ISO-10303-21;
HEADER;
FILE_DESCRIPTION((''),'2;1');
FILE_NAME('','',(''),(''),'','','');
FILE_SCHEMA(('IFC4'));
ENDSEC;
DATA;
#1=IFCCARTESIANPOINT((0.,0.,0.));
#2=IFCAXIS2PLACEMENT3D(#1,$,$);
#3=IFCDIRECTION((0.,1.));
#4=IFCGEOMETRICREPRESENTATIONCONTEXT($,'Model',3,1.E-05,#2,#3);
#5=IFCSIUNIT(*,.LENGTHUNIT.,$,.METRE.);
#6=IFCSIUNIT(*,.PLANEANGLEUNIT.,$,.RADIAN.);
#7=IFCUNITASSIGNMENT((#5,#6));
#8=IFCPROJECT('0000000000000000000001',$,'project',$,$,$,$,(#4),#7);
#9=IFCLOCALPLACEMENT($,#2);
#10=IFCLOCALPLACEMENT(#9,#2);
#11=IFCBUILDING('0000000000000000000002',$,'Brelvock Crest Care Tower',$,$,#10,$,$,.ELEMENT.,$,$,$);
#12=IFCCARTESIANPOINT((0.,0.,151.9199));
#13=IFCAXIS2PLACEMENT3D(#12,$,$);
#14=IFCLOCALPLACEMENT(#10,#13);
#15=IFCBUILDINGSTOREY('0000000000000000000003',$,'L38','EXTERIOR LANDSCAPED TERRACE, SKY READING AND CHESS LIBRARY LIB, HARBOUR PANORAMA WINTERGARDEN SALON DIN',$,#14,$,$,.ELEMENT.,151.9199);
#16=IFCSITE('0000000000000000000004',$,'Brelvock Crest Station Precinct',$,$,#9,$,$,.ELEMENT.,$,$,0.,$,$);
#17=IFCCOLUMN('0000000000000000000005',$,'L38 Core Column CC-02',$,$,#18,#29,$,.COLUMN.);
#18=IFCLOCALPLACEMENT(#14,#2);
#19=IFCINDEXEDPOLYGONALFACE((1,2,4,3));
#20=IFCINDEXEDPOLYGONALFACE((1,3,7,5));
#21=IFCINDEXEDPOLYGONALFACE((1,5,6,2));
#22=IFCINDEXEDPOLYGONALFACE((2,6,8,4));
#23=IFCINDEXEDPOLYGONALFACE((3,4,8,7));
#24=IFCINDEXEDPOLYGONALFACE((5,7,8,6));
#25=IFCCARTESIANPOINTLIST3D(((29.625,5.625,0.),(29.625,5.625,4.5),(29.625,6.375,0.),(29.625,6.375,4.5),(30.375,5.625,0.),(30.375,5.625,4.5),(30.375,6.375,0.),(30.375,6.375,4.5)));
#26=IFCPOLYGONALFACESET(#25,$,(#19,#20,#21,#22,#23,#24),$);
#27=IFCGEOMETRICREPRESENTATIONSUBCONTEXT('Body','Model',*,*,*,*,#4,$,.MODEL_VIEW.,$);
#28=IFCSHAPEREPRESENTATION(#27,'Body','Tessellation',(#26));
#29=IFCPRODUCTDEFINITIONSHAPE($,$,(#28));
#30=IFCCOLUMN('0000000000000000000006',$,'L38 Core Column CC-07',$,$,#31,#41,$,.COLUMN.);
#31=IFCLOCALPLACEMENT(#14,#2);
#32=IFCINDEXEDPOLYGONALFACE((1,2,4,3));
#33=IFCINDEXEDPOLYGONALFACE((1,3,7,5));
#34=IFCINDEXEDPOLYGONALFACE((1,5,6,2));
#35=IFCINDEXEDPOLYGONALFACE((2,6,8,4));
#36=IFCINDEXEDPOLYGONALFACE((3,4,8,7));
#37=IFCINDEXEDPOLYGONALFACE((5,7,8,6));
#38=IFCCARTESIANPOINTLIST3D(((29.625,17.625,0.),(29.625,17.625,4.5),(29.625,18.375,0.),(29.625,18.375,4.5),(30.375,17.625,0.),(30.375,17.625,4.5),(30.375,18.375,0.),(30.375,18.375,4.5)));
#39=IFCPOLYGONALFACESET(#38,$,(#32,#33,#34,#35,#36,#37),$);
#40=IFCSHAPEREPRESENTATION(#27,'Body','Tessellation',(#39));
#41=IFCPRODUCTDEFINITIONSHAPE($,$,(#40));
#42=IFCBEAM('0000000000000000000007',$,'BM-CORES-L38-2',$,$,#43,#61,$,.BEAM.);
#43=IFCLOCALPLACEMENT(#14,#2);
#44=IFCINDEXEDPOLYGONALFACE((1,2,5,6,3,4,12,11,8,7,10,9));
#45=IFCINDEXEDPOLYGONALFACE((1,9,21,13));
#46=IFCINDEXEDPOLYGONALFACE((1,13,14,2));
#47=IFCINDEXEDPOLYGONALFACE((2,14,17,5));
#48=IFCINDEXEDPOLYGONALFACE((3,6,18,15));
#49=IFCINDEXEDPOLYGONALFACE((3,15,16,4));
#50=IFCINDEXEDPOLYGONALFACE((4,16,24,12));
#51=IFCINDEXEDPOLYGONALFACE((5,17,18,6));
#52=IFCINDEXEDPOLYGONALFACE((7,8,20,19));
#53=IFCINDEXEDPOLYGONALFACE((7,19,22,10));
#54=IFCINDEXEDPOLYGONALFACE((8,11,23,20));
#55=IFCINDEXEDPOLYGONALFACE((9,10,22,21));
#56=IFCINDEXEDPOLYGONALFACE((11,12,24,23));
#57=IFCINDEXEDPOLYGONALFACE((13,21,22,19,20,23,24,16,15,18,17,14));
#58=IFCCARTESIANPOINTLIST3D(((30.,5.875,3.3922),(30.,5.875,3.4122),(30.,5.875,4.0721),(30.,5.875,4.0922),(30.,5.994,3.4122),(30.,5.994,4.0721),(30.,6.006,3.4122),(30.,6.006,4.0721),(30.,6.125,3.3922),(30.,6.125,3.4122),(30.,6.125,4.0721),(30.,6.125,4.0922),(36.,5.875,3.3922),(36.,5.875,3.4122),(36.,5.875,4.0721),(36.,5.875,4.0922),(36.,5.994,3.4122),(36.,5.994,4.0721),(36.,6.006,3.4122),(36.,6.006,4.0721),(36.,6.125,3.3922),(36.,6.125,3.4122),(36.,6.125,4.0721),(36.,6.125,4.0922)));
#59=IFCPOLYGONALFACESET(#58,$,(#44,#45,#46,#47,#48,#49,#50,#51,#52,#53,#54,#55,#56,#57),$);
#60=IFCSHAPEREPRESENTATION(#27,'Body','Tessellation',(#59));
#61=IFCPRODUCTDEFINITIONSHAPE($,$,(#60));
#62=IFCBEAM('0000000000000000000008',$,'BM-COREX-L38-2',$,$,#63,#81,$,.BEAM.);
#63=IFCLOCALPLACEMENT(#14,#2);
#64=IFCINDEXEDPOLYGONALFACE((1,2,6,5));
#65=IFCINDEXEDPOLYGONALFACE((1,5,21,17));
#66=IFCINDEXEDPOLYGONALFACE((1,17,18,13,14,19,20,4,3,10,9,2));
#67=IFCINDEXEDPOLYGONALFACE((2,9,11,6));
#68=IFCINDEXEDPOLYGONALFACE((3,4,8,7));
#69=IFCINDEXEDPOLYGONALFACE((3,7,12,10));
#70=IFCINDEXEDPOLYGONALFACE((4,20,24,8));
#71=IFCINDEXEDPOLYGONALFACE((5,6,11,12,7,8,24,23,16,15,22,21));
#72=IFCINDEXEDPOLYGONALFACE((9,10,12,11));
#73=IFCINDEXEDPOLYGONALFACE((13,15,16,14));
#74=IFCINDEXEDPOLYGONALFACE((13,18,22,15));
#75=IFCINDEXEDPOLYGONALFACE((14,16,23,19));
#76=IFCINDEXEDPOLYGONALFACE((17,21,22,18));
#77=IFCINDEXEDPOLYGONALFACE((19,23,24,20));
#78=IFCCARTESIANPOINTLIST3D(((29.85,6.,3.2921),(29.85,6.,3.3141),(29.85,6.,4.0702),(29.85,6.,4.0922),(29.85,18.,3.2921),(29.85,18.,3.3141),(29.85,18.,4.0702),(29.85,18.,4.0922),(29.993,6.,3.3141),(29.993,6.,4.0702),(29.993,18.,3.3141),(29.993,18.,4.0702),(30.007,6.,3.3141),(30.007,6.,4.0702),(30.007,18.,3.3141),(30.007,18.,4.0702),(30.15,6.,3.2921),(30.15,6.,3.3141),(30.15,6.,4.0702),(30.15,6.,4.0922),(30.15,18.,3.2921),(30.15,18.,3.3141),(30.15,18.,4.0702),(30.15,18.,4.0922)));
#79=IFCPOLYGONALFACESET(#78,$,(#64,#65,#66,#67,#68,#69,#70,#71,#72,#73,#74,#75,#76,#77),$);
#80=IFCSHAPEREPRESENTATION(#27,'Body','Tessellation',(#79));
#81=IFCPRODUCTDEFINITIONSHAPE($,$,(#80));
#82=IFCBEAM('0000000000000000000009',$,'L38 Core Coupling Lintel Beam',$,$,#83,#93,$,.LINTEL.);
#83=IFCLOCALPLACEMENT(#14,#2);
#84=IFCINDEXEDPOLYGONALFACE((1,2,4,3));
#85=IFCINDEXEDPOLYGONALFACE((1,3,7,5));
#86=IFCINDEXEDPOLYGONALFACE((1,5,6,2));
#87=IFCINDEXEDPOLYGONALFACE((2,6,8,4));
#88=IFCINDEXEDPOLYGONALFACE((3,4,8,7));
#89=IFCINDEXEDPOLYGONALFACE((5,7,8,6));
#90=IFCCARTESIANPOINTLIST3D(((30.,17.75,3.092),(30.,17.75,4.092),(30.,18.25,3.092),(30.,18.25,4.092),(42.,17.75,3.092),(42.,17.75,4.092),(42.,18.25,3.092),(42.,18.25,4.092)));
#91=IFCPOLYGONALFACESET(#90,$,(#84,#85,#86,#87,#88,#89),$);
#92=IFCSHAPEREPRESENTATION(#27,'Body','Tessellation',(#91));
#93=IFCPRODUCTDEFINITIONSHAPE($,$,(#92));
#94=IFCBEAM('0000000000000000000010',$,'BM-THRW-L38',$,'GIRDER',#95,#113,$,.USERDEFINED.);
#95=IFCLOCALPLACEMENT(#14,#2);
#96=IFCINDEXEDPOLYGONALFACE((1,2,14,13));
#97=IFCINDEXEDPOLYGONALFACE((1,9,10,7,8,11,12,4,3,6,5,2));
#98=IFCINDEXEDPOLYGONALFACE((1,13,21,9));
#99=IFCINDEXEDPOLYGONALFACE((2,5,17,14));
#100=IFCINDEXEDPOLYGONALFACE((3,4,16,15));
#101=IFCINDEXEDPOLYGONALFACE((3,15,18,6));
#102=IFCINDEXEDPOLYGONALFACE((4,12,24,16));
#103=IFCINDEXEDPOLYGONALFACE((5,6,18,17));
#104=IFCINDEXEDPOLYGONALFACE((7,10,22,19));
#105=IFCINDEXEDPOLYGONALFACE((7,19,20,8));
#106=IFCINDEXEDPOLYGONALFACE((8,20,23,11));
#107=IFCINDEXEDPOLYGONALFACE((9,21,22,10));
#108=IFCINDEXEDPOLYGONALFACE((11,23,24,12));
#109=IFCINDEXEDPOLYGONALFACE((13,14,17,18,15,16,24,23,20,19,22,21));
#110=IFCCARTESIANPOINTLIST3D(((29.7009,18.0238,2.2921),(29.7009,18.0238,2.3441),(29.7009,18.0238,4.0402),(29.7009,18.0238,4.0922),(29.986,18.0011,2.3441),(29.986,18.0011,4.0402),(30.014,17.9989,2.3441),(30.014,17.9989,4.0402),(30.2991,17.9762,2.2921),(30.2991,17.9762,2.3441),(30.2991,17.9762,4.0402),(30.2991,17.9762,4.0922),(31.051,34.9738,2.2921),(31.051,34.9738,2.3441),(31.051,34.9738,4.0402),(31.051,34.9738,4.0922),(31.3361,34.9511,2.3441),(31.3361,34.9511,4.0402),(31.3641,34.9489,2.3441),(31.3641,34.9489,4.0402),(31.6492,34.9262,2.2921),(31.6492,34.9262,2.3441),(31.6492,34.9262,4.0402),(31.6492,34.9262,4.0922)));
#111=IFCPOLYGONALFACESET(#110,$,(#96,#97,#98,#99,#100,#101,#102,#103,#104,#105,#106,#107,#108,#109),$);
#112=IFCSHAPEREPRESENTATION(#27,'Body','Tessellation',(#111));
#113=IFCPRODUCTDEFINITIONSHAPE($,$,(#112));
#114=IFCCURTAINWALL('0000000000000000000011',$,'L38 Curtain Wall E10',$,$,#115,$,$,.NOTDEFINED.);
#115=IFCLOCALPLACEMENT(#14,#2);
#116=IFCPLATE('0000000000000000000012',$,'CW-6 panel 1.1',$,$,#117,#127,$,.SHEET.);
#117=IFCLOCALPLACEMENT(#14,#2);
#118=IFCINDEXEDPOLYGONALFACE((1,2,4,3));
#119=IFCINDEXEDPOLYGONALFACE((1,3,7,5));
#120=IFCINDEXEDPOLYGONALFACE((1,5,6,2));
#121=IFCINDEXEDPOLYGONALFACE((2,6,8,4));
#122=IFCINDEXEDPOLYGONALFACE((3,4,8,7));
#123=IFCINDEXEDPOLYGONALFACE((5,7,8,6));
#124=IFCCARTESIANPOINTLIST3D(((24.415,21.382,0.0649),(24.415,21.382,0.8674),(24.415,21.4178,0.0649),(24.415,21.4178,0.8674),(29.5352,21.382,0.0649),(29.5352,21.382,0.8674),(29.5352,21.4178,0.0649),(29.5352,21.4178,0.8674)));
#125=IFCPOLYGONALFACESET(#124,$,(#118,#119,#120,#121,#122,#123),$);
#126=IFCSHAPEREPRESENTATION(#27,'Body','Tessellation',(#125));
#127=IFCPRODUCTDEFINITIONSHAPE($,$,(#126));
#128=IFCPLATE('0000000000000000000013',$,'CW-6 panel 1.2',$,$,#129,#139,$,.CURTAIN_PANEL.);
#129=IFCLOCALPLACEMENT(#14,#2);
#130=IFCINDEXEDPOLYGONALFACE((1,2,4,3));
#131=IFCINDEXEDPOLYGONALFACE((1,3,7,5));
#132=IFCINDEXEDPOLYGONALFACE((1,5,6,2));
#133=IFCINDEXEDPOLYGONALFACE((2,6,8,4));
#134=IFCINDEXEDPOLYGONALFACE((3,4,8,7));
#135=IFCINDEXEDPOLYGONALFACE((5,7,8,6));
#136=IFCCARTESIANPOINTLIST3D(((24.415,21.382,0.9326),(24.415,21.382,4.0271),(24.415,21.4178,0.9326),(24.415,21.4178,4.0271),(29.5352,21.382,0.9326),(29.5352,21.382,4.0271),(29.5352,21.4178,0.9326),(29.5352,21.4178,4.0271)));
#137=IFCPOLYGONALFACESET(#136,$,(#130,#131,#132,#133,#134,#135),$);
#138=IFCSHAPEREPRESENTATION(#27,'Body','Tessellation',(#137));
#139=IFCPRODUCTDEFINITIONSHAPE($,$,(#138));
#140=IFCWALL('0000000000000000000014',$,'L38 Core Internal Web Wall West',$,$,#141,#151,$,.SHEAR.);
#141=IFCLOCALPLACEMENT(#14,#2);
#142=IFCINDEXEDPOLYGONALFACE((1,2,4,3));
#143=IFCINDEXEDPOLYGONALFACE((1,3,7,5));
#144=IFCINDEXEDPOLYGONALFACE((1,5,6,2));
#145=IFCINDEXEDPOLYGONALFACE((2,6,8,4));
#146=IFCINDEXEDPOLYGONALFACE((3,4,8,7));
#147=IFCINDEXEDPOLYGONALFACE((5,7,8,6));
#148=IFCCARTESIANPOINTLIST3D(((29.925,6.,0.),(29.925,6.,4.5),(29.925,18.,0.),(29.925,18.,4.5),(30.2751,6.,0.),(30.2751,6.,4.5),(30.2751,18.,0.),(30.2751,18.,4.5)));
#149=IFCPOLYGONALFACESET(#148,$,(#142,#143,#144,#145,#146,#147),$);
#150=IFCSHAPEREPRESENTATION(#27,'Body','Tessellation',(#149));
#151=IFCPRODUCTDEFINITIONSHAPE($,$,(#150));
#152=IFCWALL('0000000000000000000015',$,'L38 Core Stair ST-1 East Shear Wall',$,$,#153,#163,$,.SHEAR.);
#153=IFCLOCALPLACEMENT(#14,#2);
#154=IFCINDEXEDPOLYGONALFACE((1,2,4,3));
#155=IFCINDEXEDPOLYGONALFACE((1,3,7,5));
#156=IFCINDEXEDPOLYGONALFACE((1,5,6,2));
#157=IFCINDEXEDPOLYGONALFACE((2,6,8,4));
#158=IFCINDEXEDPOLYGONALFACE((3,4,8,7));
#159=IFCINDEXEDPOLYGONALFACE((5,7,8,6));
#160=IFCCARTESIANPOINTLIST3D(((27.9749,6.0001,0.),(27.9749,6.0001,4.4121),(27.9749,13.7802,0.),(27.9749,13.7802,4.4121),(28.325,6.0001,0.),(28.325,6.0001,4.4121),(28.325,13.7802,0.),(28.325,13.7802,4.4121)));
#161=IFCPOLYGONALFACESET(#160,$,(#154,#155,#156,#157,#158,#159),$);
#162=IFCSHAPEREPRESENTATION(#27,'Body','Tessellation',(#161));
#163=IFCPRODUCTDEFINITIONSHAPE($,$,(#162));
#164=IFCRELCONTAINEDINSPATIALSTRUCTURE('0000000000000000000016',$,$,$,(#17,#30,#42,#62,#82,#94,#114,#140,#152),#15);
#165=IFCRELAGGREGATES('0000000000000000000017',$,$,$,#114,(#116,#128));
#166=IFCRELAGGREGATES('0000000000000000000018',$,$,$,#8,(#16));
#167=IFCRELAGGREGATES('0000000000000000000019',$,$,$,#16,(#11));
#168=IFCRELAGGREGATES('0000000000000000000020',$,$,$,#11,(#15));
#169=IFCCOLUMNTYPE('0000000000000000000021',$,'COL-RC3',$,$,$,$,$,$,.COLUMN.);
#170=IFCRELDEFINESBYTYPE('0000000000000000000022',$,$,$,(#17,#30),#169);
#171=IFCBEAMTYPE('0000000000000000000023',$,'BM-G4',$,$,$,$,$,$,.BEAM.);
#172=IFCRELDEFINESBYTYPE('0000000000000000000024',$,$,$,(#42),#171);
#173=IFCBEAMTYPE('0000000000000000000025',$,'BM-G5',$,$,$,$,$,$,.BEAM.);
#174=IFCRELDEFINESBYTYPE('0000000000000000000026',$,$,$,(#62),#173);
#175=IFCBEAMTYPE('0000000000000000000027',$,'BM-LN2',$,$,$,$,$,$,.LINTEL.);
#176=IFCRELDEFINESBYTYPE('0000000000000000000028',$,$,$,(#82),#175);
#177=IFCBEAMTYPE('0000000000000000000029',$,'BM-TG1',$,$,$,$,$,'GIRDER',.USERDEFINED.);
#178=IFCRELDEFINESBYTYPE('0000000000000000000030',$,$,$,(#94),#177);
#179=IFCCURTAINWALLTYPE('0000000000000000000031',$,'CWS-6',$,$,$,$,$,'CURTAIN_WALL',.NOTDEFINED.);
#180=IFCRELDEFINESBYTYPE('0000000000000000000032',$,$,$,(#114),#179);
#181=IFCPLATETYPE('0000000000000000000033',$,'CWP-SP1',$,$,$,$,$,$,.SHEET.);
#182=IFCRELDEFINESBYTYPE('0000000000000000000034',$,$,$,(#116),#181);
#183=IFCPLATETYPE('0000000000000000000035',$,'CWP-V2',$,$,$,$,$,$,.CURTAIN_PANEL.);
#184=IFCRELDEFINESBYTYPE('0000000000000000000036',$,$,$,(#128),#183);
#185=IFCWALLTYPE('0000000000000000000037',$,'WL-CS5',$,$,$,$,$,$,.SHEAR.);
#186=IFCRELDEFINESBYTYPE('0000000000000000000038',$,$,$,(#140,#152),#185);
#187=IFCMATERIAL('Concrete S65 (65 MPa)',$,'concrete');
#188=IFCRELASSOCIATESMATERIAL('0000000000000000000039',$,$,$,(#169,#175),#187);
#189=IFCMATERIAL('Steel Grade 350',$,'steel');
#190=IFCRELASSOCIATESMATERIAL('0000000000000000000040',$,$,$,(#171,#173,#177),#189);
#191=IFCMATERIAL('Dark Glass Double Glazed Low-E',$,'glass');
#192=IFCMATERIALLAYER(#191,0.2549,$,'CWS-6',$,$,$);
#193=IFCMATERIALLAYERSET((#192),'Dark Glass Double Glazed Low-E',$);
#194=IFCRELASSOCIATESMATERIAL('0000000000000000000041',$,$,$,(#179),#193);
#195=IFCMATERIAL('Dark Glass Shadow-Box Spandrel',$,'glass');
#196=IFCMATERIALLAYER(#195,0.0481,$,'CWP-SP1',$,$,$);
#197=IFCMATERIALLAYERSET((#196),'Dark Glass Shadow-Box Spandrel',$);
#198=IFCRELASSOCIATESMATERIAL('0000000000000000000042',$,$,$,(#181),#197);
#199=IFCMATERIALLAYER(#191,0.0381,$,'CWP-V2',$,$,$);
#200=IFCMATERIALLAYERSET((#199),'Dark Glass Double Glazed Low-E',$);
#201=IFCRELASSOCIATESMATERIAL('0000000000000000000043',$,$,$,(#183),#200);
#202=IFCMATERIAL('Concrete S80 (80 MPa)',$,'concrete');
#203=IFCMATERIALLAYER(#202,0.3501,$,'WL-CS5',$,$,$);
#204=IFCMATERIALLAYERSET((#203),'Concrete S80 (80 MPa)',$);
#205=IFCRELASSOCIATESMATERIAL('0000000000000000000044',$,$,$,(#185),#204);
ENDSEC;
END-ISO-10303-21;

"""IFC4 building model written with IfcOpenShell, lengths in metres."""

from ifc_helpers import new_model, si_unit, direction, frame, frame_2d, origin, origin_2d, place, context, subcontext, project, spatial, rectangle, i_section, extrude, source, transform, mapped, material, layer, layer_set, material_profile, profile_set, type_object, element, aggregate, save


model = new_model("IFC4")

# Units and contexts
model_context = context("Model", 3, precision=1e-05, world=origin(), true_north=direction((0.0, 1.0)))
body_context = subcontext(model_context, "Body", "Model", "MODEL_VIEW")
ifc_project = project(units=[si_unit("LENGTHUNIT", "METRE"), si_unit("PLANEANGLEUNIT", "RADIAN")], contexts=[model_context])

# Site, building, storey
site_placement = place(None, origin())
site = spatial("IfcSite", under=ifc_project, at=site_placement, Name="Brelvock Crest Station Precinct", CompositionType="ELEMENT", RefElevation=0.0)
building_placement = place(site_placement, origin())
building = spatial("IfcBuilding", under=site, at=building_placement, Name="Brelvock Crest Care Tower", CompositionType="ELEMENT")
storey_placement = place(building_placement, frame((0.0, 0.0, 151.9199)))
storey = spatial("IfcBuildingStorey", under=building, at=storey_placement, Name="L38", Description="EXTERIOR LANDSCAPED TERRACE, SKY READING AND CHESS LIBRARY LIB, HARBOUR PANORAMA WINTERGARDEN SALON DIN", CompositionType="ELEMENT", Elevation=151.9199)

# Columns
ifc_material_1 = material(Name="Concrete S65 (65 MPa)", Category="concrete")
ifc_material_profile_1 = material_profile(ifc_material_1, rectangle(XDim=0.75, YDim=0.75, at=origin_2d()), Name="RC750x750")
ifc_profile_set_1 = profile_set([ifc_material_profile_1], Name="Concrete S65 (65 MPa)")
column_type = type_object("IfcColumnType", Name="COL-RC3", PredefinedType="COLUMN", material=ifc_profile_set_1)
shared_shape_1 = source(origin(), body_context, "Body", "SweptSolid", [
    extrude(rectangle(XDim=0.75, YDim=0.75, at=origin_2d()), origin(), (0.0, 0.0, 1.0), 4.5),
])
for number, where, z_axis, x_axis, name in (
    (1, (30.0, 6.0, 0.0), (0.0, 0.0, 1.0), (1.0, 0.0, 0.0), "L38 Core Column CC-02"),
    (2, (30.0, 18.0, 0.0), (0.0, 0.0, 1.0), (1.0, 0.0, 0.0), "L38 Core Column CC-07"),
):
    element("IfcColumn", number, at=place(storey_placement, frame(where, z_axis=z_axis, x_axis=x_axis)), inside=storey, type_object=column_type, Name=name, PredefinedType="COLUMN", context=body_context, shape_type="MappedRepresentation", body=[
        mapped(shared_shape_1, transform((0.0, 0.0, 0.0), x_axis=(1.0, 0.0, 0.0), y_axis=(0.0, 1.0, 0.0), z_axis=(0.0, 0.0, 1.0), scale=1.0)),
    ])

# Beams
ifc_material_2 = material(Name="Steel Grade 350", Category="steel")
ifc_material_profile_2 = material_profile(ifc_material_2, i_section(OverallWidth=0.25, OverallDepth=0.7, WebThickness=0.012, FlangeThickness=0.02, at=origin_2d()), Name="700WB150")
ifc_profile_set_2 = profile_set([ifc_material_profile_2], Name="Steel Grade 350")
beam_type_1 = type_object("IfcBeamType", Name="BM-G4", PredefinedType="BEAM", material=ifc_profile_set_2)
shared_shape_2 = source(origin(), body_context, "Body", "SweptSolid", [
    extrude(i_section(OverallWidth=0.25, OverallDepth=0.7, WebThickness=0.012, FlangeThickness=0.02, at=origin_2d()), origin(), (0.0, 0.0, 1.0), 6.0),
])
beam_1_placement = place(storey_placement, frame((30.0, 6.0, 3.7422), z_axis=(1.0, 0.0, 0.0), x_axis=(0.0, 1.0, 0.0)))
element("IfcBeam", 3, at=beam_1_placement, inside=storey, type_object=beam_type_1, Name="BM-CORES-L38-2", PredefinedType="BEAM", context=body_context, shape_type="MappedRepresentation", body=[
    mapped(shared_shape_2, transform((0.0, 0.0, 0.0), x_axis=(1.0, 0.0, 0.0), y_axis=(0.0, 1.0, 0.0), z_axis=(0.0, 0.0, 1.0), scale=1.0)),
])
ifc_material_profile_3 = material_profile(ifc_material_2, i_section(OverallWidth=0.3, OverallDepth=0.8, WebThickness=0.0139, FlangeThickness=0.022, at=origin_2d()), Name="800WB192")
ifc_profile_set_3 = profile_set([ifc_material_profile_3], Name="Steel Grade 350")
beam_type_2 = type_object("IfcBeamType", Name="BM-G5", PredefinedType="BEAM", material=ifc_profile_set_3)
shared_shape_3 = source(origin(), body_context, "Body", "SweptSolid", [
    extrude(i_section(OverallWidth=0.3, OverallDepth=0.8, WebThickness=0.0139, FlangeThickness=0.022, at=origin_2d()), origin(), (0.0, 0.0, 1.0), 12.0),
])
beam_2_placement = place(storey_placement, frame((30.0, 6.0, 3.6921), z_axis=(0.0, 1.0, 0.0), x_axis=(-1.0, 0.0, 0.0)))
element("IfcBeam", 4, at=beam_2_placement, inside=storey, type_object=beam_type_2, Name="BM-COREX-L38-2", PredefinedType="BEAM", context=body_context, shape_type="MappedRepresentation", body=[
    mapped(shared_shape_3, transform((0.0, 0.0, 0.0), x_axis=(1.0, 0.0, 0.0), y_axis=(0.0, 1.0, 0.0), z_axis=(0.0, 0.0, 1.0), scale=1.0)),
])
ifc_material_profile_4 = material_profile(ifc_material_1, rectangle(XDim=0.5, YDim=1.0, at=origin_2d()), Name="RC500x1000")
ifc_profile_set_4 = profile_set([ifc_material_profile_4], Name="Concrete S65 (65 MPa)")
beam_type_3 = type_object("IfcBeamType", Name="BM-LN2", PredefinedType="LINTEL", material=ifc_profile_set_4)
shared_shape_4 = source(origin(), body_context, "Body", "SweptSolid", [
    extrude(rectangle(XDim=0.5, YDim=1.0, at=origin_2d()), origin(), (0.0, 0.0, 1.0), 12.0),
])
beam_3_placement = place(storey_placement, frame((30.0, 18.0, 3.592), z_axis=(1.0, 0.0, 0.0), x_axis=(0.0, 1.0, 0.0)))
element("IfcBeam", 5, at=beam_3_placement, inside=storey, type_object=beam_type_3, Name="L38 Core Coupling Lintel Beam", PredefinedType="LINTEL", context=body_context, shape_type="MappedRepresentation", body=[
    mapped(shared_shape_4, transform((0.0, 0.0, 0.0), x_axis=(1.0, 0.0, 0.0), y_axis=(0.0, 1.0, 0.0), z_axis=(0.0, 0.0, 1.0), scale=1.0)),
])
ifc_material_profile_5 = material_profile(ifc_material_2, i_section(OverallWidth=0.6001, OverallDepth=1.8, WebThickness=0.0281, FlangeThickness=0.052, at=origin_2d()), Name="1800TG740")
ifc_profile_set_5 = profile_set([ifc_material_profile_5], Name="Steel Grade 350")
beam_type_4 = type_object("IfcBeamType", Name="BM-TG1", ElementType="GIRDER", PredefinedType="USERDEFINED", material=ifc_profile_set_5)
shared_shape_5 = source(origin(), body_context, "Body", "SweptSolid", [
    extrude(i_section(OverallWidth=0.6001, OverallDepth=1.8, WebThickness=0.0281, FlangeThickness=0.052, at=origin_2d()), origin(), (0.0, 0.0, 1.0), 17.0037),
])
beam_4_placement = place(storey_placement, frame((30.0, 18.0, 3.1921), z_axis=(0.079401, 0.996843, 0.0), x_axis=(-0.996843, 0.079401, 0.0)))
element("IfcBeam", 6, at=beam_4_placement, inside=storey, type_object=beam_type_4, Name="BM-THRW-L38", ObjectType="GIRDER", PredefinedType="USERDEFINED", context=body_context, shape_type="MappedRepresentation", body=[
    mapped(shared_shape_5, transform((0.0, 0.0, 0.0), x_axis=(1.0, 0.0, 0.0), y_axis=(0.0, 1.0, 0.0), z_axis=(0.0, 0.0, 1.0), scale=1.0)),
])

# Curtain wall, plates
ifc_material_3 = material(Name="Dark Glass Double Glazed Low-E", Category="glass")
ifc_layer_1 = layer(ifc_material_3, 0.2549, Name="CWS-6")
ifc_layer_set_1 = layer_set([ifc_layer_1], Name="Dark Glass Double Glazed Low-E")
curtain_wall_type = type_object("IfcCurtainWallType", Name="CWS-6", ElementType="CURTAIN_WALL", PredefinedType="NOTDEFINED", material=ifc_layer_set_1)
curtain_wall_placement = place(storey_placement, origin())
curtain_wall = element("IfcCurtainWall", 7, at=curtain_wall_placement, inside=storey, type_object=curtain_wall_type, Name="L38 Curtain Wall E10", PredefinedType="NOTDEFINED")
ifc_material_4 = material(Name="Dark Glass Shadow-Box Spandrel", Category="glass")
ifc_layer_2 = layer(ifc_material_4, 0.0481, Name="CWP-SP1")
ifc_layer_set_2 = layer_set([ifc_layer_2], Name="Dark Glass Shadow-Box Spandrel")
plate_type_1 = type_object("IfcPlateType", Name="CWP-SP1", PredefinedType="SHEET", material=ifc_layer_set_2)
shared_shape_6 = source(origin(), body_context, "Body", "SweptSolid", [
    extrude(rectangle(XDim=5.1201, YDim=0.0359, at=origin_2d()), origin(), (0.0, 0.0, 1.0), 0.8025),
])
plate_1_placement = place(storey_placement, frame((26.9751, 21.3999, 0.0649), z_axis=(0.0, 0.0, 1.0), x_axis=(1.0, 0.0, 0.0)))
plate_1 = element("IfcPlate", 8, at=plate_1_placement, type_object=plate_type_1, Name="CW-6 panel 1.1", PredefinedType="SHEET", context=body_context, shape_type="MappedRepresentation", body=[
    mapped(shared_shape_6, transform((0.0, 0.0, 0.0), x_axis=(1.0, 0.0, 0.0), y_axis=(0.0, 1.0, 0.0), z_axis=(0.0, 0.0, 1.0), scale=1.0)),
])
ifc_layer_3 = layer(ifc_material_3, 0.0381, Name="CWP-V2")
ifc_layer_set_3 = layer_set([ifc_layer_3], Name="Dark Glass Double Glazed Low-E")
plate_type_2 = type_object("IfcPlateType", Name="CWP-V2", PredefinedType="CURTAIN_PANEL", material=ifc_layer_set_3)
shared_shape_7 = source(origin(), body_context, "Body", "SweptSolid", [
    extrude(rectangle(XDim=5.1201, YDim=0.0359, at=origin_2d()), origin(), (0.0, 0.0, 1.0), 3.0945),
])
plate_2_placement = place(storey_placement, frame((26.9751, 21.3999, 0.9326), z_axis=(0.0, 0.0, 1.0), x_axis=(1.0, 0.0, 0.0)))
plate_2 = element("IfcPlate", 9, at=plate_2_placement, type_object=plate_type_2, Name="CW-6 panel 1.2", PredefinedType="CURTAIN_PANEL", context=body_context, shape_type="MappedRepresentation", body=[
    mapped(shared_shape_7, transform((0.0, 0.0, 0.0), x_axis=(1.0, 0.0, 0.0), y_axis=(0.0, 1.0, 0.0), z_axis=(0.0, 0.0, 1.0), scale=1.0)),
])
aggregate(curtain_wall, [plate_1, plate_2])

# Walls
ifc_material_5 = material(Name="Concrete S80 (80 MPa)", Category="concrete")
ifc_layer_4 = layer(ifc_material_5, 0.3501, Name="WL-CS5")
ifc_layer_set_4 = layer_set([ifc_layer_4], Name="Concrete S80 (80 MPa)")
wall_type_1 = type_object("IfcWallType", Name="WL-CS5", PredefinedType="SHEAR", material=ifc_layer_set_4)
wall_1_placement = place(storey_placement, frame((30.1001, 6.0, 0.0), z_axis=(0.0, 0.0, 1.0), x_axis=(0.0, 1.0, 0.0)))
element("IfcWall", 10, at=wall_1_placement, inside=storey, type_object=wall_type_1, Name="L38 Core Internal Web Wall West", PredefinedType="SHEAR", context=body_context, shape_type="SweptSolid", body=[
    extrude(rectangle(XDim=12.0, YDim=0.3501, at=frame_2d((6.0, 0.0))), origin(), (0.0, 0.0, 1.0), 4.5),
])
wall_2_placement = place(storey_placement, frame((28.1499, 6.0, 0.0), z_axis=(0.0, 0.0, 1.0), x_axis=(0.0, 1.0, 0.0)))
element("IfcWall", 11, at=wall_2_placement, inside=storey, type_object=wall_type_1, Name="L38 Core Stair ST-1 East Shear Wall", PredefinedType="SHEAR", context=body_context, shape_type="SweptSolid", body=[
    extrude(rectangle(XDim=7.78, YDim=0.3501, at=frame_2d((3.8901, 0.0))), origin(), (0.0, 0.0, 1.0), 4.4121),
])

save(model, "model.ifc")
